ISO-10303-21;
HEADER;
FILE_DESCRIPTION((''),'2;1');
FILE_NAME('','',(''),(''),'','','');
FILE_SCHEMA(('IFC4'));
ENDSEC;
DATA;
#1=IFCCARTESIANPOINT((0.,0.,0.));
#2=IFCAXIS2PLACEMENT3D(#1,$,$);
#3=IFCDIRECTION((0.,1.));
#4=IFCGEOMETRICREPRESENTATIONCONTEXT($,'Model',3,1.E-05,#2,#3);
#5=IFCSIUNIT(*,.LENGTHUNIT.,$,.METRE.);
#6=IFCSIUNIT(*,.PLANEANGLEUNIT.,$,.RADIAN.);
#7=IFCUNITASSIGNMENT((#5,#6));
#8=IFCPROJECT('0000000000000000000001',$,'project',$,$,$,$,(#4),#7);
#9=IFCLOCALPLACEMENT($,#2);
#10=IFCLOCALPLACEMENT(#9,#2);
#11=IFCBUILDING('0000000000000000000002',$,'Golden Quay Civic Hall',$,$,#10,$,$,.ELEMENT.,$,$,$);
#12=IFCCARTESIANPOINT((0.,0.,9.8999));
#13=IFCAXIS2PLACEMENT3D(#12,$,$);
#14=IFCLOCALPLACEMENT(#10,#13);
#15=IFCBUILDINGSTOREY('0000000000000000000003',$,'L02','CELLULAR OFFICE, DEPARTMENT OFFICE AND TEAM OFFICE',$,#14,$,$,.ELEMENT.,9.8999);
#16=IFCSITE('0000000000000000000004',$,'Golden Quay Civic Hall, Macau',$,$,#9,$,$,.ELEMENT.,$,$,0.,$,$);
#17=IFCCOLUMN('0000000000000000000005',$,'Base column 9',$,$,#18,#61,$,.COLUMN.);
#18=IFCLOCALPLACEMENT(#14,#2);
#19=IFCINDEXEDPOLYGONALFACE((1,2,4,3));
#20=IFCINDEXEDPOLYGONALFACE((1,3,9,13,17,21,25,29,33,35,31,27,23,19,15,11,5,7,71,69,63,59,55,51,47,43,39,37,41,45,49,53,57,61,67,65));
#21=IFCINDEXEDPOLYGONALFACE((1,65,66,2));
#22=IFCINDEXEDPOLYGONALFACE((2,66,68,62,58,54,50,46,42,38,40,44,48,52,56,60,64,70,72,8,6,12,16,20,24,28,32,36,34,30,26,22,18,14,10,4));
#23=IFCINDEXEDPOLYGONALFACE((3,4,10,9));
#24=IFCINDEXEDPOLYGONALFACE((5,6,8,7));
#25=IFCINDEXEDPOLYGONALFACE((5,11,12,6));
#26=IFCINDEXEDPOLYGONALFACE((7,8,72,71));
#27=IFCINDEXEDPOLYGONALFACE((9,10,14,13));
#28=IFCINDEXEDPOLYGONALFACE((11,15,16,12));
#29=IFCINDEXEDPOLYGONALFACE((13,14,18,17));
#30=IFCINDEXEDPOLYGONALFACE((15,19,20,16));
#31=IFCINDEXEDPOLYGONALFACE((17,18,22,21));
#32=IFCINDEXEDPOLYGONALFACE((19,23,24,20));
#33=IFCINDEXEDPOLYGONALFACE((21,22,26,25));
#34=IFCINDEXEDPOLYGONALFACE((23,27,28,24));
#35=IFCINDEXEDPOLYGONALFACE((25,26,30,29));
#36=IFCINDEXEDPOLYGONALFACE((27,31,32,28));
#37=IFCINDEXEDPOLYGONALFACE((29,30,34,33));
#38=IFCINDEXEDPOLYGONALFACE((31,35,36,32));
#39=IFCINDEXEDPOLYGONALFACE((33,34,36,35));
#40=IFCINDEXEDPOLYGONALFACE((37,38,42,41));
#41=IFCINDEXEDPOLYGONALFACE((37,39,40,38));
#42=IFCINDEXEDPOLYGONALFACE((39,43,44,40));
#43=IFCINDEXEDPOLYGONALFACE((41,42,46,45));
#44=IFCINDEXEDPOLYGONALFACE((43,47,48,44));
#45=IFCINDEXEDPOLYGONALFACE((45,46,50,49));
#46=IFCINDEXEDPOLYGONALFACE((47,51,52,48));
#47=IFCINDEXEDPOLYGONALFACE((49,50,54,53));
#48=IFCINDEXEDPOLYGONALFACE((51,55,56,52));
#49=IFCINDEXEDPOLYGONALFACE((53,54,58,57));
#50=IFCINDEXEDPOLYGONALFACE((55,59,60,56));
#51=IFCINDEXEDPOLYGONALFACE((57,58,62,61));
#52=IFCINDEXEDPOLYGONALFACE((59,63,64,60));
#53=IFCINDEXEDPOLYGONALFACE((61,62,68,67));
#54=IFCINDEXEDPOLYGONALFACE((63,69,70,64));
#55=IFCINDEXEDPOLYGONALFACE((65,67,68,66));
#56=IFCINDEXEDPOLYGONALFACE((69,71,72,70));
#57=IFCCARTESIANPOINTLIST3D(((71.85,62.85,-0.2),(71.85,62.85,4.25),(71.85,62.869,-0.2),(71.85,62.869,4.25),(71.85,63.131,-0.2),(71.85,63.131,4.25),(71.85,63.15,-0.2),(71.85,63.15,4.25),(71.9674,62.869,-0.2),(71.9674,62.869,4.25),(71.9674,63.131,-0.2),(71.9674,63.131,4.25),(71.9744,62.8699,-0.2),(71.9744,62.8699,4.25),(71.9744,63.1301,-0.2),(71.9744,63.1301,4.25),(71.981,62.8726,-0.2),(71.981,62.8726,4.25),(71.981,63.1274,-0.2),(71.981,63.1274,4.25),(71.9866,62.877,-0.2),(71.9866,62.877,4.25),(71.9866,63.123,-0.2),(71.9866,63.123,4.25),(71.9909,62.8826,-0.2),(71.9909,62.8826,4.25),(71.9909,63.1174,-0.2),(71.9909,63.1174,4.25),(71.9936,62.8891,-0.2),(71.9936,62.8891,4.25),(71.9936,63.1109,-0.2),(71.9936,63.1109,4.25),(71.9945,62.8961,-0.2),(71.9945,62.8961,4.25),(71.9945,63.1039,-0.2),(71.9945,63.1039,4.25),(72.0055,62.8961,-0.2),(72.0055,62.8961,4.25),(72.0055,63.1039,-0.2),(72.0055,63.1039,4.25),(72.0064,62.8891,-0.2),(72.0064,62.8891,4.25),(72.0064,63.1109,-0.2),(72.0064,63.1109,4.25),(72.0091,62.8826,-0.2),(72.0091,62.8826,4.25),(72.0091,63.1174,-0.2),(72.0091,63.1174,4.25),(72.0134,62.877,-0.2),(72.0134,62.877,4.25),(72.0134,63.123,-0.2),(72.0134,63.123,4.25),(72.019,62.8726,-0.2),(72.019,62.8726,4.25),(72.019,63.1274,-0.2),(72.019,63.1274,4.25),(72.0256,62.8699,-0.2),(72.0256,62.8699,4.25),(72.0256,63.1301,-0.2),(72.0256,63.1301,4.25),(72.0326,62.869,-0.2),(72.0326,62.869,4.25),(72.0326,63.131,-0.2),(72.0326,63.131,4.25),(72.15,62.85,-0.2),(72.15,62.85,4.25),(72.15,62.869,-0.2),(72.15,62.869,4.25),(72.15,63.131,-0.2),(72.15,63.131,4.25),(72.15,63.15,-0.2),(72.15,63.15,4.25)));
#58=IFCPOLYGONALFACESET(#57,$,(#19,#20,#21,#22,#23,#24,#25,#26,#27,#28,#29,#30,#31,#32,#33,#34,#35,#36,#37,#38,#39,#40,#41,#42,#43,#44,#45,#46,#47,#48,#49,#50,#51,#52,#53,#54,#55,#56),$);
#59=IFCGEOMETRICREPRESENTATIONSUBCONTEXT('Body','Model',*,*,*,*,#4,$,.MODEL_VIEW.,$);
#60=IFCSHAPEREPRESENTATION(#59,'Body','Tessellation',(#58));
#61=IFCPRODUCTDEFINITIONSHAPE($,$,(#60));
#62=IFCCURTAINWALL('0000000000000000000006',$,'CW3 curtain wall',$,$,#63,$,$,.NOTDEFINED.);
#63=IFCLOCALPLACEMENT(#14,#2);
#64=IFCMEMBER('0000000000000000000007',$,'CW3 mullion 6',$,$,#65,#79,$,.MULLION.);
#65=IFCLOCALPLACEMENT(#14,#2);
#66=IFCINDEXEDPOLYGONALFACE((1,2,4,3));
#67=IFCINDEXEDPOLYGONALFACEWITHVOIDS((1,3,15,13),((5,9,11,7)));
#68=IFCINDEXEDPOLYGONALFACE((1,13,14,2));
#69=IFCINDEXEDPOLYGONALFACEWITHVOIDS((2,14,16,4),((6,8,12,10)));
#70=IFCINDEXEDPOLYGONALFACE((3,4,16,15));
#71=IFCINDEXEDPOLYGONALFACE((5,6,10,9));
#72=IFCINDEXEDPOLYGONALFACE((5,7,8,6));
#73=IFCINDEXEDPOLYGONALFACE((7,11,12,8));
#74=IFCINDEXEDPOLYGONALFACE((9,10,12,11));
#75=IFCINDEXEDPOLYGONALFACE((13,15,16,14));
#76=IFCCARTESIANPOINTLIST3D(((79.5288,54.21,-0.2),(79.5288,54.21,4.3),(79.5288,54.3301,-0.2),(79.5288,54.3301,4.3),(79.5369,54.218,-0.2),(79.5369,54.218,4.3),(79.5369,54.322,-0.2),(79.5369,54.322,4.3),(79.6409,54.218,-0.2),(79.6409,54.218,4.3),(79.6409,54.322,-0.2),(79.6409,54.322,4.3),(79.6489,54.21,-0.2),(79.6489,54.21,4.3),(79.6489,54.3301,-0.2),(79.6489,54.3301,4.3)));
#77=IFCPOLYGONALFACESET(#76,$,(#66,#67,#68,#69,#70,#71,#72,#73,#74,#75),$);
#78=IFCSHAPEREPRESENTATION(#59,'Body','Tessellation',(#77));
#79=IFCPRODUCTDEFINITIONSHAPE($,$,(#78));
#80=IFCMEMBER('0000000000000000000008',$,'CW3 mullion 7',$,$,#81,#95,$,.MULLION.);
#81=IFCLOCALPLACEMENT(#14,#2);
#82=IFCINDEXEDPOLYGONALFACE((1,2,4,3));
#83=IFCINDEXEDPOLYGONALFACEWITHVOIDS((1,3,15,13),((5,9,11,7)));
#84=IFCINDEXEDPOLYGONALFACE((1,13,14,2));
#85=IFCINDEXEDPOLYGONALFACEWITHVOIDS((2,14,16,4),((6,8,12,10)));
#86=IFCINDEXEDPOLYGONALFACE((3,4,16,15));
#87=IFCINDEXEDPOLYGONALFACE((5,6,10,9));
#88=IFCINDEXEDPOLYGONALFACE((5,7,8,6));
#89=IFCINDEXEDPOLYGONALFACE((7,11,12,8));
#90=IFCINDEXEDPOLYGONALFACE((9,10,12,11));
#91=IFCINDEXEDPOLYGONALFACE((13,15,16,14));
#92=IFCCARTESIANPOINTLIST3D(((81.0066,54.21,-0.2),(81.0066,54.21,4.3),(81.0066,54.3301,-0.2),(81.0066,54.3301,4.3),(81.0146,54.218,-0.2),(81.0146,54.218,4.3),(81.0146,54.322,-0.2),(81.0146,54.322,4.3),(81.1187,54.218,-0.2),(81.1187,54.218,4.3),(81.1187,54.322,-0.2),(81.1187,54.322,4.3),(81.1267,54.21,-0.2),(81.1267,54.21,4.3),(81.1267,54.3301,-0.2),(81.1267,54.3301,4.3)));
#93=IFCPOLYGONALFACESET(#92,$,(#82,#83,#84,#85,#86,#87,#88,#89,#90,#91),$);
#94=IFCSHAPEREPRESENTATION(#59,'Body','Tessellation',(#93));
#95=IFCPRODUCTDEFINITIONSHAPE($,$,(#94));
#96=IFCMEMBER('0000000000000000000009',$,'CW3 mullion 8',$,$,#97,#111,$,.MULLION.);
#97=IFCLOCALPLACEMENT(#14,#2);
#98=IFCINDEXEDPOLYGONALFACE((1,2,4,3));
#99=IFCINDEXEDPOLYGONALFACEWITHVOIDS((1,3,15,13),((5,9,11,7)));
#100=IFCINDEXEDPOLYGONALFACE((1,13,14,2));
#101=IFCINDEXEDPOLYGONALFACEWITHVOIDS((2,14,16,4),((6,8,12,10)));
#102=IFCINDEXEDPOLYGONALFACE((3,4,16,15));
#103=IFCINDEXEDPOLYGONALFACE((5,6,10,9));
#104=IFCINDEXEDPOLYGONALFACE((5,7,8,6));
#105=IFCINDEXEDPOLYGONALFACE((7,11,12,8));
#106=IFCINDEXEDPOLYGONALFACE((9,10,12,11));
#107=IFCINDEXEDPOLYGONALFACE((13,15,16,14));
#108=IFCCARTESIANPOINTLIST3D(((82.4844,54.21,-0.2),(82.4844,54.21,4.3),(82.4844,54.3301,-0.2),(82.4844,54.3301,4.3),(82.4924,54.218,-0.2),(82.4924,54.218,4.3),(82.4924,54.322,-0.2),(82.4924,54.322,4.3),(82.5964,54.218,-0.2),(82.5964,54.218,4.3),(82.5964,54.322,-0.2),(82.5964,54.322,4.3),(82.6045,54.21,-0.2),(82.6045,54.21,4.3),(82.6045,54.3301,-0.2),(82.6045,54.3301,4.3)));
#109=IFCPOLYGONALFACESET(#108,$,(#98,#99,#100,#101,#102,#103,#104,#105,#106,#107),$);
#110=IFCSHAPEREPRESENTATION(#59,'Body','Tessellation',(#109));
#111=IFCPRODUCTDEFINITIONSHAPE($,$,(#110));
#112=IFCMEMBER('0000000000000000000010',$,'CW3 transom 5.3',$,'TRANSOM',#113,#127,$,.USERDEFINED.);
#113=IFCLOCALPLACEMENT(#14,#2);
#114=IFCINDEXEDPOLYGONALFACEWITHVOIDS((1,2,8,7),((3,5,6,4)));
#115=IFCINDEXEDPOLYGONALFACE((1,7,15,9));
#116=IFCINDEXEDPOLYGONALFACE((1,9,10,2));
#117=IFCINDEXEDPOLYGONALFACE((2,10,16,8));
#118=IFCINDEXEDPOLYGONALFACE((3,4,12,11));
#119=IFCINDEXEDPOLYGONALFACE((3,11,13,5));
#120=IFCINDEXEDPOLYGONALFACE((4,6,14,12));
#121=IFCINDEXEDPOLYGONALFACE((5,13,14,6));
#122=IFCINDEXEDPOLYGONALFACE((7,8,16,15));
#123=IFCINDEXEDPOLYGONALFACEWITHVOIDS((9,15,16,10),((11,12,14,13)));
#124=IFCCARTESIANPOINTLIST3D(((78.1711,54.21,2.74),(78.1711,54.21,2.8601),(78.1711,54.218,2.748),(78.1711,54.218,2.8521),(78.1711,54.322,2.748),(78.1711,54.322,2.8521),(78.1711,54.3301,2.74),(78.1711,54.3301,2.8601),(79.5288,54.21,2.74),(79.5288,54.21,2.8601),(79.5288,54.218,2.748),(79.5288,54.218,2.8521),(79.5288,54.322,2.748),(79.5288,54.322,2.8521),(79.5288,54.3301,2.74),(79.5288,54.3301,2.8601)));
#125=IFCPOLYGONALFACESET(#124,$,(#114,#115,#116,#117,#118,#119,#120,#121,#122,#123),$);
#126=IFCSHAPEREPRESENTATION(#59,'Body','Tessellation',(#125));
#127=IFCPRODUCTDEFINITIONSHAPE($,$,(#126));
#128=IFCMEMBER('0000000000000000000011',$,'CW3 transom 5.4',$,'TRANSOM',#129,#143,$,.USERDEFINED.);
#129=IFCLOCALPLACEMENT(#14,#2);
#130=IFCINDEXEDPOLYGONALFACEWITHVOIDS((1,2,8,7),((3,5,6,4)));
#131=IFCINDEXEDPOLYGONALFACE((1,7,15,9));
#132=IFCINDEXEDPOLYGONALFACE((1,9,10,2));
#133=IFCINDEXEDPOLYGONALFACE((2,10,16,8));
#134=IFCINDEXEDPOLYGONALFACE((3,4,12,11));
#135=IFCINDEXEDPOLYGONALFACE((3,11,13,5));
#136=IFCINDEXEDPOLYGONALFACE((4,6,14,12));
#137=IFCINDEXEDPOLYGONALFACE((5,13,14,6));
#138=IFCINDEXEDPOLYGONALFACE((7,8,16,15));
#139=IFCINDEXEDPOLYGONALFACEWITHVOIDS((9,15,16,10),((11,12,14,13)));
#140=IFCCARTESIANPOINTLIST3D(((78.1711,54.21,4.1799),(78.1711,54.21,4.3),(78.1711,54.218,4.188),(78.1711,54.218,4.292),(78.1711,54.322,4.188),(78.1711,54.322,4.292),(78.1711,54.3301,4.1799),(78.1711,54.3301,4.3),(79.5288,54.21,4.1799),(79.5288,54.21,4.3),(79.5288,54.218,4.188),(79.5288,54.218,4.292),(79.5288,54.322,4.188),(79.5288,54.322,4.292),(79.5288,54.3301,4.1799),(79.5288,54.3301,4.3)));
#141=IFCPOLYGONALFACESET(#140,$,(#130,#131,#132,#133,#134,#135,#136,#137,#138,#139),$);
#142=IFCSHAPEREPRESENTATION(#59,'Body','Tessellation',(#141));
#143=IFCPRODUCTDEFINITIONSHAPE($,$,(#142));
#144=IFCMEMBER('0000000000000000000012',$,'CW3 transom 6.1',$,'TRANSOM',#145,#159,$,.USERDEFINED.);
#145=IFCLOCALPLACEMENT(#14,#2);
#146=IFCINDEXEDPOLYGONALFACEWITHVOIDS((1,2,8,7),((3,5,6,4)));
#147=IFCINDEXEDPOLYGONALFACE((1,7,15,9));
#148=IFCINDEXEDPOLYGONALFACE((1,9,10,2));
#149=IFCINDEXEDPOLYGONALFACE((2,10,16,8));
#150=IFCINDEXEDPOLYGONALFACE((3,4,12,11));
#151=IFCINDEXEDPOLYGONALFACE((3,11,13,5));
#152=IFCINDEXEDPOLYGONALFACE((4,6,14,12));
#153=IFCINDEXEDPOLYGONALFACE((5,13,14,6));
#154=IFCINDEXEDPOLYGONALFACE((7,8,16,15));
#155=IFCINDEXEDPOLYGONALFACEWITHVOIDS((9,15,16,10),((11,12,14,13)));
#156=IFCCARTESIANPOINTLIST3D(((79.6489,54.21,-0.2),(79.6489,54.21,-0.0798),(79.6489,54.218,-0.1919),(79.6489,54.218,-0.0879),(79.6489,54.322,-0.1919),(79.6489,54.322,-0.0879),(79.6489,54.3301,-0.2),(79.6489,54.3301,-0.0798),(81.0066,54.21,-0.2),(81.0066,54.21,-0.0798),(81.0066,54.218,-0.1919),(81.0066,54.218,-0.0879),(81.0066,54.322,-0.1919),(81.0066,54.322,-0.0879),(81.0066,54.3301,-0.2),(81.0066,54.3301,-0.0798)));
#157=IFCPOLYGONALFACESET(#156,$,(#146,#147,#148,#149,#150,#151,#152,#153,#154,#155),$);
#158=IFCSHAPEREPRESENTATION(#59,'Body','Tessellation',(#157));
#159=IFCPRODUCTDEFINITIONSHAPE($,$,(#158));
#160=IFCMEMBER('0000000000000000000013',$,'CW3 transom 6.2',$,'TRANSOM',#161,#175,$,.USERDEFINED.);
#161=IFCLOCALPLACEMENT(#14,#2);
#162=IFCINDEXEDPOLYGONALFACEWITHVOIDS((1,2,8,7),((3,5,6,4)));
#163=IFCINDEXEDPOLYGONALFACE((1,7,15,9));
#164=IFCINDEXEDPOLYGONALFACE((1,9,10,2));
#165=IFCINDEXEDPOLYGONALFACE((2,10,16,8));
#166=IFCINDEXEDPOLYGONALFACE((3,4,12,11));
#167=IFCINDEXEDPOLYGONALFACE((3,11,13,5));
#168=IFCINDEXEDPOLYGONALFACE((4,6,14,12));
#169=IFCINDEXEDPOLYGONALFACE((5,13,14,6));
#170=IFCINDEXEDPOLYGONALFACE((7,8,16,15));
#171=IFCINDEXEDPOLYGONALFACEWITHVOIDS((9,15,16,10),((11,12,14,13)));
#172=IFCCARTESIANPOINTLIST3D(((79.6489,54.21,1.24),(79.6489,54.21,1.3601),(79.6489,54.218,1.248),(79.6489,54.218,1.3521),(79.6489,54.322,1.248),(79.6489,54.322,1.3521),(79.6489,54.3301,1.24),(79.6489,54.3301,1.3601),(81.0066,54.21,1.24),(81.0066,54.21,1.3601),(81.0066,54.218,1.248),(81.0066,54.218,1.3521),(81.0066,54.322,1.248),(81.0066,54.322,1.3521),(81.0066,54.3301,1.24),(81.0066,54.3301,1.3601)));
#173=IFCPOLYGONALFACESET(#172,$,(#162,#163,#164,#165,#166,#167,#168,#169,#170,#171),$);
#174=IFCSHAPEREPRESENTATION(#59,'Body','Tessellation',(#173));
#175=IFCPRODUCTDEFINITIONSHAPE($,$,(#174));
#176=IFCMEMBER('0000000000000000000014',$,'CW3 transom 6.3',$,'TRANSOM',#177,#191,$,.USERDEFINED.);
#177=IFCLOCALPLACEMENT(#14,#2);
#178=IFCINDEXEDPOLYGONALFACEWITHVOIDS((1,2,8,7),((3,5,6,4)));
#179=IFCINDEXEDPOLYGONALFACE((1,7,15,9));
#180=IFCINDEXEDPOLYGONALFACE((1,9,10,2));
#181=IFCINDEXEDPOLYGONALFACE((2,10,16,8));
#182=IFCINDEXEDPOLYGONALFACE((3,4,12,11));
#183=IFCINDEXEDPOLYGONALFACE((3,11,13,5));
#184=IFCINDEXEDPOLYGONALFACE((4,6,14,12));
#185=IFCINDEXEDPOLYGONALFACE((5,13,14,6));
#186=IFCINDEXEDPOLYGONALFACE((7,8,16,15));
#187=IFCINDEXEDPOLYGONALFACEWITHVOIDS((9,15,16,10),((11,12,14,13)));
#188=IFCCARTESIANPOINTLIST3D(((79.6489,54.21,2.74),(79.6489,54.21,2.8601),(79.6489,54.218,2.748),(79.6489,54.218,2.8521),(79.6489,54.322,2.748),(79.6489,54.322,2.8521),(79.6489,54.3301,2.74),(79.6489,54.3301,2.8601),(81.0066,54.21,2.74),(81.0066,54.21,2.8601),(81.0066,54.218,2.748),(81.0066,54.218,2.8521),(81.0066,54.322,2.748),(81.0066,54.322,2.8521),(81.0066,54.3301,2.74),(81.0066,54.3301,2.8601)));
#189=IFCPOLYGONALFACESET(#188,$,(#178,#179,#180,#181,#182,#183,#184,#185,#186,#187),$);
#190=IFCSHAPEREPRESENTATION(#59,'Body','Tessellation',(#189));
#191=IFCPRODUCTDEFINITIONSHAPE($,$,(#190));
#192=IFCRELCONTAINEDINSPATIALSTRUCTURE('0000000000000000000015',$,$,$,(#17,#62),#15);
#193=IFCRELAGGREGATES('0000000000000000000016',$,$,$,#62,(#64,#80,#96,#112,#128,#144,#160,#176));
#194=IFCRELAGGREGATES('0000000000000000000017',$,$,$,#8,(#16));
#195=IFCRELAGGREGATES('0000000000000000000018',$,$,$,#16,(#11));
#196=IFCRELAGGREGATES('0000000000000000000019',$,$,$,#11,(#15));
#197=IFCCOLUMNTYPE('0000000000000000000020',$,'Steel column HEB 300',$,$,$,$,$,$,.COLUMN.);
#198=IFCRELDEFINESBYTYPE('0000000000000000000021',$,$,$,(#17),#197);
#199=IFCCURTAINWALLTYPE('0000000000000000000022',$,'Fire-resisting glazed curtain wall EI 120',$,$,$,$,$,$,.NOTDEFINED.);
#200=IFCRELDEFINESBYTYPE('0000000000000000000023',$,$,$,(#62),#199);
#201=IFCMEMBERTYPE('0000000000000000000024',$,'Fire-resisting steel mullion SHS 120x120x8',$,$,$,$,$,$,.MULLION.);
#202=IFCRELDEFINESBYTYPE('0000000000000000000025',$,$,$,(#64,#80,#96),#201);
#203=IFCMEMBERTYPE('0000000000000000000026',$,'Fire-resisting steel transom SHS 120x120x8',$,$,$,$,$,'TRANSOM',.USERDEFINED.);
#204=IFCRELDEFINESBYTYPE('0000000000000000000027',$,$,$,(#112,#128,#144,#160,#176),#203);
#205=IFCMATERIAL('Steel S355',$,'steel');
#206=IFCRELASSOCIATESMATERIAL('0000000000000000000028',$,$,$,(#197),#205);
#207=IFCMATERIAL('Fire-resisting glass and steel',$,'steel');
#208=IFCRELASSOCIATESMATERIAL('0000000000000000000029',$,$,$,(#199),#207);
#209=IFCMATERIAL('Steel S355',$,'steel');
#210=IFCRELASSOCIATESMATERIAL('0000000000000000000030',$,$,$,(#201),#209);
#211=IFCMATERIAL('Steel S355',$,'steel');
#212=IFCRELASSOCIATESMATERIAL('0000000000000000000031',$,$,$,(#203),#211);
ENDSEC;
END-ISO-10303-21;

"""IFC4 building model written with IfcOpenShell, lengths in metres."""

from ifc_helpers import new_model, si_unit, direction, frame, origin, origin_2d, place, context, subcontext, project, spatial, hollow_rectangle, i_section, extrude, material, material_profile, profile_set, type_object, element, aggregate, save


model = new_model("IFC4")

# Units and contexts
model_context = context("Model", 3, precision=1e-05, world=origin(), true_north=direction((0.0, 1.0)))
body_context = subcontext(model_context, "Body", "Model", "MODEL_VIEW")
ifc_project = project(units=[si_unit("LENGTHUNIT", "METRE"), si_unit("PLANEANGLEUNIT", "RADIAN")], contexts=[model_context])

# Site, building, storey
site_placement = place(None, origin())
site = spatial("IfcSite", under=ifc_project, at=site_placement, Name="Golden Quay Civic Hall, Macau", CompositionType="ELEMENT", RefElevation=0.0)
building_placement = place(site_placement, origin())
building = spatial("IfcBuilding", under=site, at=building_placement, Name="Golden Quay Civic Hall", CompositionType="ELEMENT")
storey_placement = place(building_placement, frame((0.0, 0.0, 9.8999)))
storey = spatial("IfcBuildingStorey", under=building, at=storey_placement, Name="L02", Description="CELLULAR OFFICE, DEPARTMENT OFFICE AND TEAM OFFICE", CompositionType="ELEMENT", Elevation=9.8999)

# Column
ifc_material_1 = material(Name="Steel S355", Category="steel")
ifc_material_profile_1 = material_profile(ifc_material_1, i_section(OverallWidth=0.3, OverallDepth=0.3, WebThickness=0.011, FlangeThickness=0.019, FilletRadius=0.0271, at=origin_2d()), Name="HEB 300")
ifc_profile_set_1 = profile_set([ifc_material_profile_1], Name="Steel S355")
column_type = type_object("IfcColumnType", Name="Steel column HEB 300", PredefinedType="COLUMN", material=ifc_profile_set_1)
column_placement = place(storey_placement, frame((72.0, 63.0, -0.2), z_axis=(0.0, 0.0, 1.0), x_axis=(1.0, 0.0, 0.0)))
element("IfcColumn", 1, at=column_placement, inside=storey, type_object=column_type, Name="Base column 9", PredefinedType="COLUMN", context=body_context, shape_type="SweptSolid", body=[
    extrude(i_section(OverallWidth=0.3, OverallDepth=0.3, WebThickness=0.011, FlangeThickness=0.019, FilletRadius=0.0271, at=origin_2d()), origin(), (0.0, 0.0, 1.0), 4.45),
])

# Curtain wall, members
ifc_material_2 = material(Name="Fire-resisting glass and steel", Category="steel")
curtain_wall_type_1 = type_object("IfcCurtainWallType", Name="Fire-resisting glazed curtain wall EI 120", PredefinedType="NOTDEFINED", material=ifc_material_2)
curtain_wall_1_placement = place(storey_placement, origin())
curtain_wall_1 = element("IfcCurtainWall", 2, at=curtain_wall_1_placement, inside=storey, type_object=curtain_wall_type_1, Name="CW3 curtain wall", PredefinedType="NOTDEFINED")
ifc_material_3 = material(Name="Steel S355", Category="steel")
ifc_material_profile_2 = material_profile(ifc_material_3, hollow_rectangle(XDim=0.1201, YDim=0.1201, WallThickness=0.0081, at=origin_2d()), Name="SHS 120x120x8")
ifc_profile_set_2 = profile_set([ifc_material_profile_2], Name="Steel S355")
member_type_1 = type_object("IfcMemberType", Name="Fire-resisting steel mullion SHS 120x120x8", PredefinedType="MULLION", material=ifc_profile_set_2)
member_1_placement = place(storey_placement, frame((79.5889, 54.27, -0.2), z_axis=(0.0, 0.0, 1.0), x_axis=(0.0, 1.0, 0.0)))
member_1 = element("IfcMember", 3, at=member_1_placement, type_object=member_type_1, Name="CW3 mullion 6", PredefinedType="MULLION", context=body_context, shape_type="SweptSolid", body=[
    extrude(hollow_rectangle(XDim=0.1201, YDim=0.1201, WallThickness=0.0081, at=origin_2d()), origin(), (0.0, 0.0, 1.0), 4.5),
])
member_2_placement = place(storey_placement, frame((81.0667, 54.27, -0.2), z_axis=(0.0, 0.0, 1.0), x_axis=(0.0, 1.0, 0.0)))
member_2 = element("IfcMember", 4, at=member_2_placement, type_object=member_type_1, Name="CW3 mullion 7", PredefinedType="MULLION", context=body_context, shape_type="SweptSolid", body=[
    extrude(hollow_rectangle(XDim=0.1201, YDim=0.1201, WallThickness=0.0081, at=origin_2d()), origin(), (0.0, 0.0, 1.0), 4.5),
])
member_3_placement = place(storey_placement, frame((82.5444, 54.27, -0.2), z_axis=(0.0, 0.0, 1.0), x_axis=(0.0, 1.0, 0.0)))
member_3 = element("IfcMember", 5, at=member_3_placement, type_object=member_type_1, Name="CW3 mullion 8", PredefinedType="MULLION", context=body_context, shape_type="SweptSolid", body=[
    extrude(hollow_rectangle(XDim=0.1201, YDim=0.1201, WallThickness=0.0081, at=origin_2d()), origin(), (0.0, 0.0, 1.0), 4.5),
])
ifc_material_4 = material(Name="Steel S355", Category="steel")
ifc_material_profile_3 = material_profile(ifc_material_4, hollow_rectangle(XDim=0.1201, YDim=0.1201, WallThickness=0.0081, at=origin_2d()), Name="SHS 120x120x8")
ifc_profile_set_3 = profile_set([ifc_material_profile_3], Name="Steel S355")
member_type_2 = type_object("IfcMemberType", Name="Fire-resisting steel transom SHS 120x120x8", ElementType="TRANSOM", PredefinedType="USERDEFINED", material=ifc_profile_set_3)
member_4_placement = place(storey_placement, frame((78.1711, 54.27, 2.8), z_axis=(1.0, 0.0, 0.0), x_axis=(0.0, 1.0, 0.0)))
member_4 = element("IfcMember", 6, at=member_4_placement, type_object=member_type_2, Name="CW3 transom 5.3", ObjectType="TRANSOM", PredefinedType="USERDEFINED", context=body_context, shape_type="SweptSolid", body=[
    extrude(hollow_rectangle(XDim=0.1201, YDim=0.1201, WallThickness=0.0081, at=origin_2d()), origin(), (0.0, 0.0, 1.0), 1.3577),
])
member_5_placement = place(storey_placement, frame((78.1711, 54.27, 4.24), z_axis=(1.0, 0.0, 0.0), x_axis=(0.0, 1.0, 0.0)))
member_5 = element("IfcMember", 7, at=member_5_placement, type_object=member_type_2, Name="CW3 transom 5.4", ObjectType="TRANSOM", PredefinedType="USERDEFINED", context=body_context, shape_type="SweptSolid", body=[
    extrude(hollow_rectangle(XDim=0.1201, YDim=0.1201, WallThickness=0.0081, at=origin_2d()), origin(), (0.0, 0.0, 1.0), 1.3577),
])
member_6_placement = place(storey_placement, frame((79.6489, 54.27, -0.1399), z_axis=(1.0, 0.0, 0.0), x_axis=(0.0, 1.0, 0.0)))
member_6 = element("IfcMember", 8, at=member_6_placement, type_object=member_type_2, Name="CW3 transom 6.1", ObjectType="TRANSOM", PredefinedType="USERDEFINED", context=body_context, shape_type="SweptSolid", body=[
    extrude(hollow_rectangle(XDim=0.1201, YDim=0.1201, WallThickness=0.0081, at=origin_2d()), origin(), (0.0, 0.0, 1.0), 1.3577),
])
member_7_placement = place(storey_placement, frame((79.6489, 54.27, 1.3), z_axis=(1.0, 0.0, 0.0), x_axis=(0.0, 1.0, 0.0)))
member_7 = element("IfcMember", 9, at=member_7_placement, type_object=member_type_2, Name="CW3 transom 6.2", ObjectType="TRANSOM", PredefinedType="USERDEFINED", context=body_context, shape_type="SweptSolid", body=[
    extrude(hollow_rectangle(XDim=0.1201, YDim=0.1201, WallThickness=0.0081, at=origin_2d()), origin(), (0.0, 0.0, 1.0), 1.3577),
])
member_8_placement = place(storey_placement, frame((79.6489, 54.27, 2.8), z_axis=(1.0, 0.0, 0.0), x_axis=(0.0, 1.0, 0.0)))
member_8 = element("IfcMember", 10, at=member_8_placement, type_object=member_type_2, Name="CW3 transom 6.3", ObjectType="TRANSOM", PredefinedType="USERDEFINED", context=body_context, shape_type="SweptSolid", body=[
    extrude(hollow_rectangle(XDim=0.1201, YDim=0.1201, WallThickness=0.0081, at=origin_2d()), origin(), (0.0, 0.0, 1.0), 1.3577),
])

aggregate(curtain_wall_1, [member_1, member_2, member_3, member_4, member_5, member_6, member_7, member_8])

save(model, "model.ifc")
